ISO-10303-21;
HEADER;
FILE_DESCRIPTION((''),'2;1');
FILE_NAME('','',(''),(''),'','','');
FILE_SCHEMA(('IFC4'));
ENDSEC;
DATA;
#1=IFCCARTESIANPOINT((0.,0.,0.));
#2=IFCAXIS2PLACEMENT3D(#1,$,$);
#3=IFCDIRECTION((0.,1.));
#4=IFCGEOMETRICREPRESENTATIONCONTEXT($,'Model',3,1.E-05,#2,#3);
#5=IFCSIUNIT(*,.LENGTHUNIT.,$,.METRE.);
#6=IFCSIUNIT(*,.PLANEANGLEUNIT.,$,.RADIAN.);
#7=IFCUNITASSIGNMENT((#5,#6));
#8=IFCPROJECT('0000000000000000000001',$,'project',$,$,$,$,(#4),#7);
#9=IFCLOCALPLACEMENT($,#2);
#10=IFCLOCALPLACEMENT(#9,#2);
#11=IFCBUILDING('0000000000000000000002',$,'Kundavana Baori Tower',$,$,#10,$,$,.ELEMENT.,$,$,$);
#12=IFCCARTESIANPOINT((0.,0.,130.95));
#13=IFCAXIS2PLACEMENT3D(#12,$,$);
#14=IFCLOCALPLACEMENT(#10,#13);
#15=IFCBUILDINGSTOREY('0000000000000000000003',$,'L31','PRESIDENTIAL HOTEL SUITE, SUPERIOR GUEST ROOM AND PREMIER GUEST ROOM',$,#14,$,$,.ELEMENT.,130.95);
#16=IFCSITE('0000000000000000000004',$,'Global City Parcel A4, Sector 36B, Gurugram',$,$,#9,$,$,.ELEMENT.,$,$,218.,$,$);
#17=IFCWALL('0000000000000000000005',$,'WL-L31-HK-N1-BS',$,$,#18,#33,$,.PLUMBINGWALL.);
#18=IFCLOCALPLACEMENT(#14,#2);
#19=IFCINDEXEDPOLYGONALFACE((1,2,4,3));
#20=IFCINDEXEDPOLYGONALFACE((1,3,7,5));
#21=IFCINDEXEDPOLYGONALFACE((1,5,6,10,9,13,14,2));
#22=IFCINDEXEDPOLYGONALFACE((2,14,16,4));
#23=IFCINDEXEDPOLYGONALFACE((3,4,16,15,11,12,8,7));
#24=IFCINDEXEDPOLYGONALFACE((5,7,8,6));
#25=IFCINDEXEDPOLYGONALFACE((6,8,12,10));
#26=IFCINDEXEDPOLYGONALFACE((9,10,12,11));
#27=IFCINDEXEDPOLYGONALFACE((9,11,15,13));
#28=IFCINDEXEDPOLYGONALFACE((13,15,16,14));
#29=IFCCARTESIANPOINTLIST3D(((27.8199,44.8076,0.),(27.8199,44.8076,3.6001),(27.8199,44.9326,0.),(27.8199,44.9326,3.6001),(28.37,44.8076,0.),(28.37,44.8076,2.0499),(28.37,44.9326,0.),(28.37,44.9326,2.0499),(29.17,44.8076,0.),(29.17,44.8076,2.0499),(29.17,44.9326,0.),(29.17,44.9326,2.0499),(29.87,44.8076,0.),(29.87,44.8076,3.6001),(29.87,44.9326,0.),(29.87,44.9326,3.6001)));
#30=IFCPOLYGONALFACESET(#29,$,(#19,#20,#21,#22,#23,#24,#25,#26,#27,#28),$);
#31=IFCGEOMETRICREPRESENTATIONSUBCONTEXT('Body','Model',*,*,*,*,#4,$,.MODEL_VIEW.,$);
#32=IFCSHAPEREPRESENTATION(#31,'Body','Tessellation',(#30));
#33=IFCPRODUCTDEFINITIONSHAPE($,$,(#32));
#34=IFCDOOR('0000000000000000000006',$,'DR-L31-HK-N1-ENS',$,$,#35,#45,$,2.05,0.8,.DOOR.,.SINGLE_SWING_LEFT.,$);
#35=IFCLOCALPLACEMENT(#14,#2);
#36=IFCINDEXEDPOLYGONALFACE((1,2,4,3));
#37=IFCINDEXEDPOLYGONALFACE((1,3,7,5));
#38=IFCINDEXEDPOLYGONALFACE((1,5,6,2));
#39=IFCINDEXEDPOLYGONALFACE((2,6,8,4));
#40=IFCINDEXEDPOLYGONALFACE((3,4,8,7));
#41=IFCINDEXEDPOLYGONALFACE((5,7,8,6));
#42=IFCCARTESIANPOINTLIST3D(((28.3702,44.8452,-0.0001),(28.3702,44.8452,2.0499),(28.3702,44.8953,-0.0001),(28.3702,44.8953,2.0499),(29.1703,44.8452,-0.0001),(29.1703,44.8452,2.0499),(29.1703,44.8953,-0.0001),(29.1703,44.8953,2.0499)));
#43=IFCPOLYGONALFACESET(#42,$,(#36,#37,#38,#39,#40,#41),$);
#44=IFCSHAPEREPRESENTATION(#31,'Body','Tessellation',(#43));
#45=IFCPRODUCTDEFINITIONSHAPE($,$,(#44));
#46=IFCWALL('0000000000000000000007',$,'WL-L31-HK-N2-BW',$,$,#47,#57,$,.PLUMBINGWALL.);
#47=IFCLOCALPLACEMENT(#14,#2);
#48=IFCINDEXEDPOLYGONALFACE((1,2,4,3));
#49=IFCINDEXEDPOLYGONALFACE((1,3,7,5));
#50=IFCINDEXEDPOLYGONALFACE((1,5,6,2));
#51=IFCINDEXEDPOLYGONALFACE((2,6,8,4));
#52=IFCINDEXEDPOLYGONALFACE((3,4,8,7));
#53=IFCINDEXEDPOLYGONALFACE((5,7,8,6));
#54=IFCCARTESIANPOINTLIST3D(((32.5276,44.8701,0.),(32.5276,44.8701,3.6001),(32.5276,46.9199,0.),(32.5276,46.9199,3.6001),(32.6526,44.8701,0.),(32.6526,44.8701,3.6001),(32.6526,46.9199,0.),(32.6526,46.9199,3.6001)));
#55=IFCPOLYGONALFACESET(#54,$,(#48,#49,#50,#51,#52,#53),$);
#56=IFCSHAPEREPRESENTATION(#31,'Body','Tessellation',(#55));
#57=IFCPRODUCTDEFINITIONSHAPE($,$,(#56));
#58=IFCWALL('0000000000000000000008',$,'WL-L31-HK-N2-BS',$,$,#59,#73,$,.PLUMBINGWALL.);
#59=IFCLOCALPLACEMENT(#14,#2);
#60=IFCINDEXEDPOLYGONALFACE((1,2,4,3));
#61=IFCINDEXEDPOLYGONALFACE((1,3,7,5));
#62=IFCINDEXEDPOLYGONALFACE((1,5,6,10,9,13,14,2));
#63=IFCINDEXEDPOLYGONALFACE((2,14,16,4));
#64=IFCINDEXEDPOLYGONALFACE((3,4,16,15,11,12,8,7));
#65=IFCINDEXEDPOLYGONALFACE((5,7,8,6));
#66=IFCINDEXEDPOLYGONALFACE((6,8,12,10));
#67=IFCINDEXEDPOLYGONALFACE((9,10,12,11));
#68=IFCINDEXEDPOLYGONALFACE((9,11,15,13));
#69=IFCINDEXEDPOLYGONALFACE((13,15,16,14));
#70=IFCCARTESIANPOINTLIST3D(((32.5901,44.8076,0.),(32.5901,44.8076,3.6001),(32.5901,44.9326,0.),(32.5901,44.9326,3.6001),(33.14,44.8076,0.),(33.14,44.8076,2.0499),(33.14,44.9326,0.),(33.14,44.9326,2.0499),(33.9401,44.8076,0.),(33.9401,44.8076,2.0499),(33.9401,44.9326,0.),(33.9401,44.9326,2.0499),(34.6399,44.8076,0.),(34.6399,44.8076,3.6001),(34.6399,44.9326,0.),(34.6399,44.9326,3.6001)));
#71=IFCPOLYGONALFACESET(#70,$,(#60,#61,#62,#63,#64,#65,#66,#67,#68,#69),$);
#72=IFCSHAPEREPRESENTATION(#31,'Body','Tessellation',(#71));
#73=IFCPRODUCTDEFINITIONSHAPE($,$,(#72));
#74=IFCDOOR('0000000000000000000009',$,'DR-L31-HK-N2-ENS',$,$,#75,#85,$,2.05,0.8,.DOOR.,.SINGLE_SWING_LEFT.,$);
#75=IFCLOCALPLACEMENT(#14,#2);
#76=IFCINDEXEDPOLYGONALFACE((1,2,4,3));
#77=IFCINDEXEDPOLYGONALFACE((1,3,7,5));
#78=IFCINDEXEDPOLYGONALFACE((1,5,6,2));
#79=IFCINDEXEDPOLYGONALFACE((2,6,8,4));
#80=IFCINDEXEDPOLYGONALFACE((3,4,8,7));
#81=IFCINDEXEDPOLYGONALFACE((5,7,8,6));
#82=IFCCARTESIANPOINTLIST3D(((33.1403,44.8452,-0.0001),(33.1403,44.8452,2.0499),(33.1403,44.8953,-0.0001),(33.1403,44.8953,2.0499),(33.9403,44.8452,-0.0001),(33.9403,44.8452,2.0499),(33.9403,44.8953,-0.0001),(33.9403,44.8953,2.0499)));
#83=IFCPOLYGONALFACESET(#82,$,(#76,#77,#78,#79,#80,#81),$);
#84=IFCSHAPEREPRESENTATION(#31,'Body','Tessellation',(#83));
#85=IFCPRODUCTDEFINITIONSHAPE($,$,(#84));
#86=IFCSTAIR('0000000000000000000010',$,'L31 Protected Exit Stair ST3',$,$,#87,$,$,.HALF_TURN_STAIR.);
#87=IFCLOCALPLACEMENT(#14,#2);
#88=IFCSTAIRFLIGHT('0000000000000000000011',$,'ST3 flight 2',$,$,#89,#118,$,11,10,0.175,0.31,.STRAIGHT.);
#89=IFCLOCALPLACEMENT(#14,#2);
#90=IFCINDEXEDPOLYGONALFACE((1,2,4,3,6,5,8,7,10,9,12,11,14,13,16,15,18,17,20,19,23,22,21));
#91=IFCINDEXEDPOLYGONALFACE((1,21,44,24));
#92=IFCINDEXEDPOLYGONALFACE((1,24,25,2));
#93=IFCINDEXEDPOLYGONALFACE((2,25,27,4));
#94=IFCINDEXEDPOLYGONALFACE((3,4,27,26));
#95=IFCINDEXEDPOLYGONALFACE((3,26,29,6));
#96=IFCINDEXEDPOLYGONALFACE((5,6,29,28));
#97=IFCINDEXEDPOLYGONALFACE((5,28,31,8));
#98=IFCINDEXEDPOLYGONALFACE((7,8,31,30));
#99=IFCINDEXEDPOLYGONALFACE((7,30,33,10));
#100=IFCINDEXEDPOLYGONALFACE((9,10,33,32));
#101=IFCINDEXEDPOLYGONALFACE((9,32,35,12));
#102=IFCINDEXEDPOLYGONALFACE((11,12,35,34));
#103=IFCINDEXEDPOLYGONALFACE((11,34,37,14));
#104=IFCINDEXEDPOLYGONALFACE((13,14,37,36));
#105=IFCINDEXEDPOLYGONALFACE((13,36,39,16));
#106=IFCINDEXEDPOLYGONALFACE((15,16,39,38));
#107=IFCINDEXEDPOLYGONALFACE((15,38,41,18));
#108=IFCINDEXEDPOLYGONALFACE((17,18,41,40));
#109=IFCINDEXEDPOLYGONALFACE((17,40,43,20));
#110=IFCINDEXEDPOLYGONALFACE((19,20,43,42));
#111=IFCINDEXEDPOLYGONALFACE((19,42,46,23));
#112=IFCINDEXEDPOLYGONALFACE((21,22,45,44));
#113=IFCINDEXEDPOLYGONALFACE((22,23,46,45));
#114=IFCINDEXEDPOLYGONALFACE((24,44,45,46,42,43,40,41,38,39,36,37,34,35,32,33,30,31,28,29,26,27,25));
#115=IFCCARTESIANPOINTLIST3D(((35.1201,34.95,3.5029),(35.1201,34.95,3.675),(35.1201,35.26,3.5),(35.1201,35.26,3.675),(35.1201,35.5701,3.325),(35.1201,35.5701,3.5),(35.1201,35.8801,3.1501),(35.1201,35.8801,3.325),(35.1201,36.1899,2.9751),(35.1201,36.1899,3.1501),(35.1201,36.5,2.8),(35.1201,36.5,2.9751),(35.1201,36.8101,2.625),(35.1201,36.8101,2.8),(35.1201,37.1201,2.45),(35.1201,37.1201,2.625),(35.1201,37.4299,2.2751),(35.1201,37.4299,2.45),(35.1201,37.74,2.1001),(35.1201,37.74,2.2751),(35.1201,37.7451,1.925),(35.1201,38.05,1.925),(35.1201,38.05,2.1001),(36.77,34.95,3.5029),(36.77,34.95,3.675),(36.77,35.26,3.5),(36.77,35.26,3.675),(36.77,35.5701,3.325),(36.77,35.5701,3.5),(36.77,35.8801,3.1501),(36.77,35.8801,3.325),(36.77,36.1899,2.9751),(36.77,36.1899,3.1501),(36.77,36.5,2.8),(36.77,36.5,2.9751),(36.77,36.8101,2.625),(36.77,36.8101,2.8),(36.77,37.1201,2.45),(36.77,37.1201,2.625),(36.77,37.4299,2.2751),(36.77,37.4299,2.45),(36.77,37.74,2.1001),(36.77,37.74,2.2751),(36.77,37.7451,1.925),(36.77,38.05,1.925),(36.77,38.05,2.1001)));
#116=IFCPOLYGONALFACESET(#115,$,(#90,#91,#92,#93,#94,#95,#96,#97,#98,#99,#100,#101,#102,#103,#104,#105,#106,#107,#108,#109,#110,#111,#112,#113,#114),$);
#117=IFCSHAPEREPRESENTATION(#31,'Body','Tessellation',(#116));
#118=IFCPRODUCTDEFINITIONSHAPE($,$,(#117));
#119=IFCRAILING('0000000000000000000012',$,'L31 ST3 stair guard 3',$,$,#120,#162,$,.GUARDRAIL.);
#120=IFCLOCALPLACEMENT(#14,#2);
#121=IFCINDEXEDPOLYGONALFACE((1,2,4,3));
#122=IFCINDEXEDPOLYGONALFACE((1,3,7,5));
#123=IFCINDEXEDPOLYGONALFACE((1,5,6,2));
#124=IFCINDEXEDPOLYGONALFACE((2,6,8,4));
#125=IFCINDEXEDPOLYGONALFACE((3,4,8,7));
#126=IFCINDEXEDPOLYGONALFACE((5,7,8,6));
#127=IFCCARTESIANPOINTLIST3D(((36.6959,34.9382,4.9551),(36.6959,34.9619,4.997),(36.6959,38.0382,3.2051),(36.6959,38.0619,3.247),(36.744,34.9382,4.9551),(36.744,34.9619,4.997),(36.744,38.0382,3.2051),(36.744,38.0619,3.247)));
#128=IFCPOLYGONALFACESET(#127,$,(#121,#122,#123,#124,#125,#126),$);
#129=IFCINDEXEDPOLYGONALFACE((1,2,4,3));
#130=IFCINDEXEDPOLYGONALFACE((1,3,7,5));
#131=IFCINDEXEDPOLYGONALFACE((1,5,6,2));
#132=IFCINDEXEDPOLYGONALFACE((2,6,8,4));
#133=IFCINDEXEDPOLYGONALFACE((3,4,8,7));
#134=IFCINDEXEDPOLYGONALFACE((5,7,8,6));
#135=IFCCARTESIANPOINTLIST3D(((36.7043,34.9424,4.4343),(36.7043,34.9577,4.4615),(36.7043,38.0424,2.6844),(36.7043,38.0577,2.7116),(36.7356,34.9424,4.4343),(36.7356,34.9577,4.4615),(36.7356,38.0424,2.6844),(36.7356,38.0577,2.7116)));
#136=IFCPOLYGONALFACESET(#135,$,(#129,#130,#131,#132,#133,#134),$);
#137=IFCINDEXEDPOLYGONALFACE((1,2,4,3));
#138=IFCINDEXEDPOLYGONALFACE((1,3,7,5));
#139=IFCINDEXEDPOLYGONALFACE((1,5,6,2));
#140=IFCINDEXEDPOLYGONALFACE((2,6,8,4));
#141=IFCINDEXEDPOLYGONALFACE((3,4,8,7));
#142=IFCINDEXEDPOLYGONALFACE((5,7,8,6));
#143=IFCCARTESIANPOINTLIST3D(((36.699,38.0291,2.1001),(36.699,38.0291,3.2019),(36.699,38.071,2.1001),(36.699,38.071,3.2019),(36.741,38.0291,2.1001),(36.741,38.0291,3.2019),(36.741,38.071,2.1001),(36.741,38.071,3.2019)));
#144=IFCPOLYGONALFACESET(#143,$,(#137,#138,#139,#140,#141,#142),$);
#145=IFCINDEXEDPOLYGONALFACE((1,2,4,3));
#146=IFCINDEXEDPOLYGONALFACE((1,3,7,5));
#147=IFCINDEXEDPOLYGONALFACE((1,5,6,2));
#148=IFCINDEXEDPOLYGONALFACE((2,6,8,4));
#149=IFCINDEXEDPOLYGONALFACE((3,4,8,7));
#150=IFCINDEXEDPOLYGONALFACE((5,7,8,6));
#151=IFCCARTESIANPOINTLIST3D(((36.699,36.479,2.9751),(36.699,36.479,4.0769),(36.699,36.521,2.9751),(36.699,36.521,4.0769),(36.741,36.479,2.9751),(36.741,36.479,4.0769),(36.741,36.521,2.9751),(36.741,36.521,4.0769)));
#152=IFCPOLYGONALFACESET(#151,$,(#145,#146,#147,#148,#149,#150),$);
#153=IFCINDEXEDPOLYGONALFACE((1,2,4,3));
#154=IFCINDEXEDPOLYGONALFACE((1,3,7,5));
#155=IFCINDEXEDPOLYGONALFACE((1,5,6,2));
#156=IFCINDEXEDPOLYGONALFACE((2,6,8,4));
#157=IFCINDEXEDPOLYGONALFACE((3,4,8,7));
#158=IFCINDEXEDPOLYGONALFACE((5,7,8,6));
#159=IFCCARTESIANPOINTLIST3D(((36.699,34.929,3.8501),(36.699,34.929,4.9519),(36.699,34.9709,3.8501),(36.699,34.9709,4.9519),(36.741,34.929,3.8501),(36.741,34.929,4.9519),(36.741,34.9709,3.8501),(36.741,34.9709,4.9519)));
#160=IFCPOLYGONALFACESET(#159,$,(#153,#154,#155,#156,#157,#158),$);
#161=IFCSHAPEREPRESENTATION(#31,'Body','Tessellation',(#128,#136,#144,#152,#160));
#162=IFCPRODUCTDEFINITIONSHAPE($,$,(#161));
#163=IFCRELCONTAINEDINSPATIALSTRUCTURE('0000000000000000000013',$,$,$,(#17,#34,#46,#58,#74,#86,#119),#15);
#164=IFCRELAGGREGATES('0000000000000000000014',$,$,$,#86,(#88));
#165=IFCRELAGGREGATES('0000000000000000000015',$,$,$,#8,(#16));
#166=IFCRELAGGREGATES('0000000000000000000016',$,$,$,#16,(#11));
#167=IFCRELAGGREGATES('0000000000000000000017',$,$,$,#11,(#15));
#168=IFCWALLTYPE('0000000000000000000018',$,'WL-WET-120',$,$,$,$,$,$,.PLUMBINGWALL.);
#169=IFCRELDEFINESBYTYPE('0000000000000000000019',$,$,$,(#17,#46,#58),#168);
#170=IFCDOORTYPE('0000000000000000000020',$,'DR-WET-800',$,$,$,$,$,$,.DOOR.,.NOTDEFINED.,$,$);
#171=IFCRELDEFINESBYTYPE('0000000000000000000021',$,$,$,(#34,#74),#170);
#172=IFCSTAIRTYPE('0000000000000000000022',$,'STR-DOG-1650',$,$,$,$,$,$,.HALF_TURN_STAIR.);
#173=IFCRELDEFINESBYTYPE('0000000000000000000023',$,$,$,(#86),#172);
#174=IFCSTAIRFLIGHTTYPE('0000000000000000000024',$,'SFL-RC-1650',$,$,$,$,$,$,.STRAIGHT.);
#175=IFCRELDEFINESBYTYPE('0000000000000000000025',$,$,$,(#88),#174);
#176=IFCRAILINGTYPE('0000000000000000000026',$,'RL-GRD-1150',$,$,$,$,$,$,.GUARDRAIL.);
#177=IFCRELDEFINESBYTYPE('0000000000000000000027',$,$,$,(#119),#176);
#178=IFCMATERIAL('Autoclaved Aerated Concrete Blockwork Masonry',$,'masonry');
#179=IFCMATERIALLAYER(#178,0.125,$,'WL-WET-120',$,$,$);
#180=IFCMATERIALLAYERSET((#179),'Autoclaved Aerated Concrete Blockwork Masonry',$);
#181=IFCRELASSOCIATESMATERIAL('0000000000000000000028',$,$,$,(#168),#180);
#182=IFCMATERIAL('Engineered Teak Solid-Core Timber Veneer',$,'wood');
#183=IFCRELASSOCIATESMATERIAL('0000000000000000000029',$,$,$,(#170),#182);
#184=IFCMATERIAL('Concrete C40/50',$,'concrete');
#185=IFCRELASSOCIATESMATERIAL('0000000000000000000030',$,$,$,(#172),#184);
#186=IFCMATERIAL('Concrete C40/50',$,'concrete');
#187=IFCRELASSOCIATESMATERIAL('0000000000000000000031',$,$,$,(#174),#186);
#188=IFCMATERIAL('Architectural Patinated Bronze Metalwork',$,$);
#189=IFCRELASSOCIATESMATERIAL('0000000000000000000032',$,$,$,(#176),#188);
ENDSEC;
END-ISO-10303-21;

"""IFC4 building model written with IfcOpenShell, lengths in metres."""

from ifc_helpers import new_model, si_unit, direction, frame, frame_2d, origin, origin_2d, place, context, subcontext, project, spatial, polyline, rectangle, outline, extrude, material, layer, layer_set, type_object, element, fill, aggregate, save


model = new_model("IFC4")

# Units and contexts
model_context = context("Model", 3, precision=1e-05, world=origin(), true_north=direction((0.0, 1.0)))
body_context = subcontext(model_context, "Body", "Model", "MODEL_VIEW")
ifc_project = project(units=[si_unit("LENGTHUNIT", "METRE"), si_unit("PLANEANGLEUNIT", "RADIAN")], contexts=[model_context])

# Site, building, storey
site_placement = place(None, origin())
site = spatial("IfcSite", under=ifc_project, at=site_placement, Name="Global City Parcel A4, Sector 36B, Gurugram", CompositionType="ELEMENT", RefElevation=218.0)
building_placement = place(site_placement, origin())
building = spatial("IfcBuilding", under=site, at=building_placement, Name="Kundavana Baori Tower", CompositionType="ELEMENT")
storey_placement = place(building_placement, frame((0.0, 0.0, 130.95)))
storey = spatial("IfcBuildingStorey", under=building, at=storey_placement, Name="L31", Description="PRESIDENTIAL HOTEL SUITE, SUPERIOR GUEST ROOM AND PREMIER GUEST ROOM", CompositionType="ELEMENT", Elevation=130.95)

# Shared definitions
ifc_material_1 = material(Name="Autoclaved Aerated Concrete Blockwork Masonry", Category="masonry")
ifc_layer_1 = layer(ifc_material_1, 0.125, Name="WL-WET-120")
ifc_layer_set_1 = layer_set([ifc_layer_1], Name="Autoclaved Aerated Concrete Blockwork Masonry")
wall_type_1 = type_object("IfcWallType", Name="WL-WET-120", PredefinedType="PLUMBINGWALL", material=ifc_layer_set_1)

# Wall, opening, door
wall_1_placement = place(storey_placement, frame((27.8201, 44.8701, 0.0), z_axis=(0.0, 0.0, 1.0), x_axis=(1.0, 0.0, 0.0)))
wall_1 = element("IfcWall", 1, at=wall_1_placement, inside=storey, type_object=wall_type_1, Name="WL-L31-HK-N1-BS", PredefinedType="PLUMBINGWALL", context=body_context, shape_type="SweptSolid", body=[
    extrude(rectangle(XDim=2.05, YDim=0.125, at=frame_2d((1.0249, 0.0))), origin(), (0.0, 0.0, 1.0), 3.6001),
])
opening_1_placement = place(wall_1_placement, frame((0.55, 0.0, 0.0)))
opening_1 = element("IfcOpeningElement", 2, at=opening_1_placement, cuts=wall_1, PredefinedType="OPENING", context=body_context, shape_type="SweptSolid", body=[
    extrude(rectangle(XDim=0.8, YDim=2.05, at=frame_2d((0.3999, 1.0249))), frame((0.0, 0.0725, 0.0), z_axis=(0.0, -1.0, 0.0), x_axis=(1.0, 0.0, 0.0)), (0.0, 0.0, 1.0), 0.145),
])
ifc_material_2 = material(Name="Engineered Teak Solid-Core Timber Veneer", Category="wood")
door_type = type_object("IfcDoorType", Name="DR-WET-800", OperationType="NOTDEFINED", PredefinedType="DOOR", material=ifc_material_2)
door_1_placement = place(opening_1_placement, frame((0.8, 0.0, 0.0), z_axis=(0.0, 0.0, 1.0), x_axis=(-1.0, 0.0, 0.0)))
door_1 = element("IfcDoor", 3, at=door_1_placement, inside=storey, type_object=door_type, Name="DR-L31-HK-N1-ENS", OperationType="SINGLE_SWING_LEFT", OverallHeight=2.05, OverallWidth=0.8, PredefinedType="DOOR", context=body_context, shape_type="SweptSolid", body=[
    extrude(rectangle(XDim=0.8, YDim=2.05, at=frame_2d((0.3999, 1.0249))), frame((0.0, 0.0249, 0.0), z_axis=(0.0, -1.0, 0.0), x_axis=(1.0, 0.0, 0.0)), (0.0, 0.0, 1.0), 0.05),
])
fill(opening_1, door_1)

# Wall
wall_2_placement = place(storey_placement, frame((32.5901, 44.8701, 0.0), z_axis=(0.0, 0.0, 1.0), x_axis=(0.0, 1.0, 0.0)))
element("IfcWall", 4, at=wall_2_placement, inside=storey, type_object=wall_type_1, Name="WL-L31-HK-N2-BW", PredefinedType="PLUMBINGWALL", context=body_context, shape_type="SweptSolid", body=[
    extrude(rectangle(XDim=2.0498, YDim=0.125, at=frame_2d((1.0249, 0.0))), origin(), (0.0, 0.0, 1.0), 3.6001),
])

# Wall, opening, door
wall_3_placement = place(storey_placement, frame((32.5901, 44.8701, 0.0), z_axis=(0.0, 0.0, 1.0), x_axis=(1.0, 0.0, 0.0)))
wall_3 = element("IfcWall", 5, at=wall_3_placement, inside=storey, type_object=wall_type_1, Name="WL-L31-HK-N2-BS", PredefinedType="PLUMBINGWALL", context=body_context, shape_type="SweptSolid", body=[
    extrude(rectangle(XDim=2.0498, YDim=0.125, at=frame_2d((1.0249, 0.0))), origin(), (0.0, 0.0, 1.0), 3.6001),
])
opening_2_placement = place(wall_3_placement, frame((0.55, 0.0, 0.0)))
opening_2 = element("IfcOpeningElement", 6, at=opening_2_placement, cuts=wall_3, PredefinedType="OPENING", context=body_context, shape_type="SweptSolid", body=[
    extrude(rectangle(XDim=0.8, YDim=2.05, at=frame_2d((0.3999, 1.0249))), frame((0.0, 0.0725, 0.0), z_axis=(0.0, -1.0, 0.0), x_axis=(1.0, 0.0, 0.0)), (0.0, 0.0, 1.0), 0.145),
])
door_2_placement = place(opening_2_placement, frame((0.8, 0.0, 0.0), z_axis=(0.0, 0.0, 1.0), x_axis=(-1.0, 0.0, 0.0)))
door_2 = element("IfcDoor", 7, at=door_2_placement, inside=storey, type_object=door_type, Name="DR-L31-HK-N2-ENS", OperationType="SINGLE_SWING_LEFT", OverallHeight=2.05, OverallWidth=0.8, PredefinedType="DOOR", context=body_context, shape_type="SweptSolid", body=[
    extrude(rectangle(XDim=0.8, YDim=2.05, at=frame_2d((0.3999, 1.0249))), frame((0.0, 0.0249, 0.0), z_axis=(0.0, -1.0, 0.0), x_axis=(1.0, 0.0, 0.0)), (0.0, 0.0, 1.0), 0.05),
])
fill(opening_2, door_2)

# Stair, stair flight
ifc_material_3 = material(Name="Concrete C40/50", Category="concrete")
stair_type = type_object("IfcStairType", Name="STR-DOG-1650", PredefinedType="HALF_TURN_STAIR", material=ifc_material_3)
stair_placement = place(storey_placement, origin())
stair = element("IfcStair", 8, at=stair_placement, inside=storey, type_object=stair_type, Name="L31 Protected Exit Stair ST3", PredefinedType="HALF_TURN_STAIR")
ifc_material_4 = material(Name="Concrete C40/50", Category="concrete")
stair_flight_type = type_object("IfcStairFlightType", Name="SFL-RC-1650", PredefinedType="STRAIGHT", material=ifc_material_4)
stair_flight_placement = place(storey_placement, frame((35.9451, 38.05, 1.925), z_axis=(0.0, 0.0, 1.0), x_axis=(0.0, -1.0, 0.0)))
stair_flight = element("IfcStairFlight", 9, at=stair_flight_placement, type_object=stair_flight_type, Name="ST3 flight 2", NumberOfRisers=11, NumberOfTreads=10, PredefinedType="STRAIGHT", RiserHeight=0.175, TreadLength=0.31, context=body_context, shape_type="SweptSolid", body=[
    extrude(outline(polyline([(0.0, 0.0), (0.0, 0.175), (0.3101, 0.175), (0.3101, 0.3501), (0.6201, 0.3501), (0.6201, 0.5249), (0.9299, 0.5249), (0.9299, 0.7), (1.24, 0.7), (1.24, 0.875), (1.55, 0.875), (1.55, 1.05), (1.8601, 1.05), (1.8601, 1.2251), (2.1699, 1.2251), (2.1699, 1.3999), (2.48, 1.3999), (2.48, 1.575), (2.79, 1.575), (2.79, 1.75), (3.1001, 1.75), (3.1001, 1.925), (3.1001, 1.5779), (0.3049, 0.0), (0.0, 0.0)])), frame((0.0, 0.825, 0.0), z_axis=(0.0, -1.0, 0.0), x_axis=(1.0, 0.0, 0.0)), (0.0, 0.0, 1.0), 1.6499),
])
aggregate(stair, [stair_flight])

# Railing
ifc_material_5 = material(Name="Architectural Patinated Bronze Metalwork")
railing_type = type_object("IfcRailingType", Name="RL-GRD-1150", PredefinedType="GUARDRAIL", material=ifc_material_5)
railing_placement = place(storey_placement, frame((36.72, 38.05, 2.1001)))
element("IfcRailing", 10, at=railing_placement, inside=storey, type_object=railing_type, Name="L31 ST3 stair guard 3", PredefinedType="GUARDRAIL", context=body_context, shape_type="SweptSolid", body=[
    extrude(rectangle(XDim=0.0481, YDim=0.0481, at=origin_2d()), frame((0.0, 0.0, 1.126), z_axis=(0.0, -0.870831, 0.491583), x_axis=(1.0, 0.0, 0.0)), (0.0, 0.0, 1.0), 3.5598),
    extrude(rectangle(XDim=0.0312, YDim=0.0312, at=origin_2d()), frame((0.0, 0.0, 0.5979), z_axis=(0.0, -0.870831, 0.491583), x_axis=(1.0, 0.0, 0.0)), (0.0, 0.0, 1.0), 3.5598),
    extrude(rectangle(XDim=0.042, YDim=0.042, at=origin_2d()), origin(), (0.0, 0.0, 1.0), 1.1018),
    extrude(rectangle(XDim=0.042, YDim=0.042, at=origin_2d()), frame((0.0, -1.55, 0.875)), (0.0, 0.0, 1.0), 1.1018),
    extrude(rectangle(XDim=0.042, YDim=0.042, at=origin_2d()), frame((0.0, -3.1001, 1.75)), (0.0, 0.0, 1.0), 1.1018),
])

save(model, "model.ifc")
